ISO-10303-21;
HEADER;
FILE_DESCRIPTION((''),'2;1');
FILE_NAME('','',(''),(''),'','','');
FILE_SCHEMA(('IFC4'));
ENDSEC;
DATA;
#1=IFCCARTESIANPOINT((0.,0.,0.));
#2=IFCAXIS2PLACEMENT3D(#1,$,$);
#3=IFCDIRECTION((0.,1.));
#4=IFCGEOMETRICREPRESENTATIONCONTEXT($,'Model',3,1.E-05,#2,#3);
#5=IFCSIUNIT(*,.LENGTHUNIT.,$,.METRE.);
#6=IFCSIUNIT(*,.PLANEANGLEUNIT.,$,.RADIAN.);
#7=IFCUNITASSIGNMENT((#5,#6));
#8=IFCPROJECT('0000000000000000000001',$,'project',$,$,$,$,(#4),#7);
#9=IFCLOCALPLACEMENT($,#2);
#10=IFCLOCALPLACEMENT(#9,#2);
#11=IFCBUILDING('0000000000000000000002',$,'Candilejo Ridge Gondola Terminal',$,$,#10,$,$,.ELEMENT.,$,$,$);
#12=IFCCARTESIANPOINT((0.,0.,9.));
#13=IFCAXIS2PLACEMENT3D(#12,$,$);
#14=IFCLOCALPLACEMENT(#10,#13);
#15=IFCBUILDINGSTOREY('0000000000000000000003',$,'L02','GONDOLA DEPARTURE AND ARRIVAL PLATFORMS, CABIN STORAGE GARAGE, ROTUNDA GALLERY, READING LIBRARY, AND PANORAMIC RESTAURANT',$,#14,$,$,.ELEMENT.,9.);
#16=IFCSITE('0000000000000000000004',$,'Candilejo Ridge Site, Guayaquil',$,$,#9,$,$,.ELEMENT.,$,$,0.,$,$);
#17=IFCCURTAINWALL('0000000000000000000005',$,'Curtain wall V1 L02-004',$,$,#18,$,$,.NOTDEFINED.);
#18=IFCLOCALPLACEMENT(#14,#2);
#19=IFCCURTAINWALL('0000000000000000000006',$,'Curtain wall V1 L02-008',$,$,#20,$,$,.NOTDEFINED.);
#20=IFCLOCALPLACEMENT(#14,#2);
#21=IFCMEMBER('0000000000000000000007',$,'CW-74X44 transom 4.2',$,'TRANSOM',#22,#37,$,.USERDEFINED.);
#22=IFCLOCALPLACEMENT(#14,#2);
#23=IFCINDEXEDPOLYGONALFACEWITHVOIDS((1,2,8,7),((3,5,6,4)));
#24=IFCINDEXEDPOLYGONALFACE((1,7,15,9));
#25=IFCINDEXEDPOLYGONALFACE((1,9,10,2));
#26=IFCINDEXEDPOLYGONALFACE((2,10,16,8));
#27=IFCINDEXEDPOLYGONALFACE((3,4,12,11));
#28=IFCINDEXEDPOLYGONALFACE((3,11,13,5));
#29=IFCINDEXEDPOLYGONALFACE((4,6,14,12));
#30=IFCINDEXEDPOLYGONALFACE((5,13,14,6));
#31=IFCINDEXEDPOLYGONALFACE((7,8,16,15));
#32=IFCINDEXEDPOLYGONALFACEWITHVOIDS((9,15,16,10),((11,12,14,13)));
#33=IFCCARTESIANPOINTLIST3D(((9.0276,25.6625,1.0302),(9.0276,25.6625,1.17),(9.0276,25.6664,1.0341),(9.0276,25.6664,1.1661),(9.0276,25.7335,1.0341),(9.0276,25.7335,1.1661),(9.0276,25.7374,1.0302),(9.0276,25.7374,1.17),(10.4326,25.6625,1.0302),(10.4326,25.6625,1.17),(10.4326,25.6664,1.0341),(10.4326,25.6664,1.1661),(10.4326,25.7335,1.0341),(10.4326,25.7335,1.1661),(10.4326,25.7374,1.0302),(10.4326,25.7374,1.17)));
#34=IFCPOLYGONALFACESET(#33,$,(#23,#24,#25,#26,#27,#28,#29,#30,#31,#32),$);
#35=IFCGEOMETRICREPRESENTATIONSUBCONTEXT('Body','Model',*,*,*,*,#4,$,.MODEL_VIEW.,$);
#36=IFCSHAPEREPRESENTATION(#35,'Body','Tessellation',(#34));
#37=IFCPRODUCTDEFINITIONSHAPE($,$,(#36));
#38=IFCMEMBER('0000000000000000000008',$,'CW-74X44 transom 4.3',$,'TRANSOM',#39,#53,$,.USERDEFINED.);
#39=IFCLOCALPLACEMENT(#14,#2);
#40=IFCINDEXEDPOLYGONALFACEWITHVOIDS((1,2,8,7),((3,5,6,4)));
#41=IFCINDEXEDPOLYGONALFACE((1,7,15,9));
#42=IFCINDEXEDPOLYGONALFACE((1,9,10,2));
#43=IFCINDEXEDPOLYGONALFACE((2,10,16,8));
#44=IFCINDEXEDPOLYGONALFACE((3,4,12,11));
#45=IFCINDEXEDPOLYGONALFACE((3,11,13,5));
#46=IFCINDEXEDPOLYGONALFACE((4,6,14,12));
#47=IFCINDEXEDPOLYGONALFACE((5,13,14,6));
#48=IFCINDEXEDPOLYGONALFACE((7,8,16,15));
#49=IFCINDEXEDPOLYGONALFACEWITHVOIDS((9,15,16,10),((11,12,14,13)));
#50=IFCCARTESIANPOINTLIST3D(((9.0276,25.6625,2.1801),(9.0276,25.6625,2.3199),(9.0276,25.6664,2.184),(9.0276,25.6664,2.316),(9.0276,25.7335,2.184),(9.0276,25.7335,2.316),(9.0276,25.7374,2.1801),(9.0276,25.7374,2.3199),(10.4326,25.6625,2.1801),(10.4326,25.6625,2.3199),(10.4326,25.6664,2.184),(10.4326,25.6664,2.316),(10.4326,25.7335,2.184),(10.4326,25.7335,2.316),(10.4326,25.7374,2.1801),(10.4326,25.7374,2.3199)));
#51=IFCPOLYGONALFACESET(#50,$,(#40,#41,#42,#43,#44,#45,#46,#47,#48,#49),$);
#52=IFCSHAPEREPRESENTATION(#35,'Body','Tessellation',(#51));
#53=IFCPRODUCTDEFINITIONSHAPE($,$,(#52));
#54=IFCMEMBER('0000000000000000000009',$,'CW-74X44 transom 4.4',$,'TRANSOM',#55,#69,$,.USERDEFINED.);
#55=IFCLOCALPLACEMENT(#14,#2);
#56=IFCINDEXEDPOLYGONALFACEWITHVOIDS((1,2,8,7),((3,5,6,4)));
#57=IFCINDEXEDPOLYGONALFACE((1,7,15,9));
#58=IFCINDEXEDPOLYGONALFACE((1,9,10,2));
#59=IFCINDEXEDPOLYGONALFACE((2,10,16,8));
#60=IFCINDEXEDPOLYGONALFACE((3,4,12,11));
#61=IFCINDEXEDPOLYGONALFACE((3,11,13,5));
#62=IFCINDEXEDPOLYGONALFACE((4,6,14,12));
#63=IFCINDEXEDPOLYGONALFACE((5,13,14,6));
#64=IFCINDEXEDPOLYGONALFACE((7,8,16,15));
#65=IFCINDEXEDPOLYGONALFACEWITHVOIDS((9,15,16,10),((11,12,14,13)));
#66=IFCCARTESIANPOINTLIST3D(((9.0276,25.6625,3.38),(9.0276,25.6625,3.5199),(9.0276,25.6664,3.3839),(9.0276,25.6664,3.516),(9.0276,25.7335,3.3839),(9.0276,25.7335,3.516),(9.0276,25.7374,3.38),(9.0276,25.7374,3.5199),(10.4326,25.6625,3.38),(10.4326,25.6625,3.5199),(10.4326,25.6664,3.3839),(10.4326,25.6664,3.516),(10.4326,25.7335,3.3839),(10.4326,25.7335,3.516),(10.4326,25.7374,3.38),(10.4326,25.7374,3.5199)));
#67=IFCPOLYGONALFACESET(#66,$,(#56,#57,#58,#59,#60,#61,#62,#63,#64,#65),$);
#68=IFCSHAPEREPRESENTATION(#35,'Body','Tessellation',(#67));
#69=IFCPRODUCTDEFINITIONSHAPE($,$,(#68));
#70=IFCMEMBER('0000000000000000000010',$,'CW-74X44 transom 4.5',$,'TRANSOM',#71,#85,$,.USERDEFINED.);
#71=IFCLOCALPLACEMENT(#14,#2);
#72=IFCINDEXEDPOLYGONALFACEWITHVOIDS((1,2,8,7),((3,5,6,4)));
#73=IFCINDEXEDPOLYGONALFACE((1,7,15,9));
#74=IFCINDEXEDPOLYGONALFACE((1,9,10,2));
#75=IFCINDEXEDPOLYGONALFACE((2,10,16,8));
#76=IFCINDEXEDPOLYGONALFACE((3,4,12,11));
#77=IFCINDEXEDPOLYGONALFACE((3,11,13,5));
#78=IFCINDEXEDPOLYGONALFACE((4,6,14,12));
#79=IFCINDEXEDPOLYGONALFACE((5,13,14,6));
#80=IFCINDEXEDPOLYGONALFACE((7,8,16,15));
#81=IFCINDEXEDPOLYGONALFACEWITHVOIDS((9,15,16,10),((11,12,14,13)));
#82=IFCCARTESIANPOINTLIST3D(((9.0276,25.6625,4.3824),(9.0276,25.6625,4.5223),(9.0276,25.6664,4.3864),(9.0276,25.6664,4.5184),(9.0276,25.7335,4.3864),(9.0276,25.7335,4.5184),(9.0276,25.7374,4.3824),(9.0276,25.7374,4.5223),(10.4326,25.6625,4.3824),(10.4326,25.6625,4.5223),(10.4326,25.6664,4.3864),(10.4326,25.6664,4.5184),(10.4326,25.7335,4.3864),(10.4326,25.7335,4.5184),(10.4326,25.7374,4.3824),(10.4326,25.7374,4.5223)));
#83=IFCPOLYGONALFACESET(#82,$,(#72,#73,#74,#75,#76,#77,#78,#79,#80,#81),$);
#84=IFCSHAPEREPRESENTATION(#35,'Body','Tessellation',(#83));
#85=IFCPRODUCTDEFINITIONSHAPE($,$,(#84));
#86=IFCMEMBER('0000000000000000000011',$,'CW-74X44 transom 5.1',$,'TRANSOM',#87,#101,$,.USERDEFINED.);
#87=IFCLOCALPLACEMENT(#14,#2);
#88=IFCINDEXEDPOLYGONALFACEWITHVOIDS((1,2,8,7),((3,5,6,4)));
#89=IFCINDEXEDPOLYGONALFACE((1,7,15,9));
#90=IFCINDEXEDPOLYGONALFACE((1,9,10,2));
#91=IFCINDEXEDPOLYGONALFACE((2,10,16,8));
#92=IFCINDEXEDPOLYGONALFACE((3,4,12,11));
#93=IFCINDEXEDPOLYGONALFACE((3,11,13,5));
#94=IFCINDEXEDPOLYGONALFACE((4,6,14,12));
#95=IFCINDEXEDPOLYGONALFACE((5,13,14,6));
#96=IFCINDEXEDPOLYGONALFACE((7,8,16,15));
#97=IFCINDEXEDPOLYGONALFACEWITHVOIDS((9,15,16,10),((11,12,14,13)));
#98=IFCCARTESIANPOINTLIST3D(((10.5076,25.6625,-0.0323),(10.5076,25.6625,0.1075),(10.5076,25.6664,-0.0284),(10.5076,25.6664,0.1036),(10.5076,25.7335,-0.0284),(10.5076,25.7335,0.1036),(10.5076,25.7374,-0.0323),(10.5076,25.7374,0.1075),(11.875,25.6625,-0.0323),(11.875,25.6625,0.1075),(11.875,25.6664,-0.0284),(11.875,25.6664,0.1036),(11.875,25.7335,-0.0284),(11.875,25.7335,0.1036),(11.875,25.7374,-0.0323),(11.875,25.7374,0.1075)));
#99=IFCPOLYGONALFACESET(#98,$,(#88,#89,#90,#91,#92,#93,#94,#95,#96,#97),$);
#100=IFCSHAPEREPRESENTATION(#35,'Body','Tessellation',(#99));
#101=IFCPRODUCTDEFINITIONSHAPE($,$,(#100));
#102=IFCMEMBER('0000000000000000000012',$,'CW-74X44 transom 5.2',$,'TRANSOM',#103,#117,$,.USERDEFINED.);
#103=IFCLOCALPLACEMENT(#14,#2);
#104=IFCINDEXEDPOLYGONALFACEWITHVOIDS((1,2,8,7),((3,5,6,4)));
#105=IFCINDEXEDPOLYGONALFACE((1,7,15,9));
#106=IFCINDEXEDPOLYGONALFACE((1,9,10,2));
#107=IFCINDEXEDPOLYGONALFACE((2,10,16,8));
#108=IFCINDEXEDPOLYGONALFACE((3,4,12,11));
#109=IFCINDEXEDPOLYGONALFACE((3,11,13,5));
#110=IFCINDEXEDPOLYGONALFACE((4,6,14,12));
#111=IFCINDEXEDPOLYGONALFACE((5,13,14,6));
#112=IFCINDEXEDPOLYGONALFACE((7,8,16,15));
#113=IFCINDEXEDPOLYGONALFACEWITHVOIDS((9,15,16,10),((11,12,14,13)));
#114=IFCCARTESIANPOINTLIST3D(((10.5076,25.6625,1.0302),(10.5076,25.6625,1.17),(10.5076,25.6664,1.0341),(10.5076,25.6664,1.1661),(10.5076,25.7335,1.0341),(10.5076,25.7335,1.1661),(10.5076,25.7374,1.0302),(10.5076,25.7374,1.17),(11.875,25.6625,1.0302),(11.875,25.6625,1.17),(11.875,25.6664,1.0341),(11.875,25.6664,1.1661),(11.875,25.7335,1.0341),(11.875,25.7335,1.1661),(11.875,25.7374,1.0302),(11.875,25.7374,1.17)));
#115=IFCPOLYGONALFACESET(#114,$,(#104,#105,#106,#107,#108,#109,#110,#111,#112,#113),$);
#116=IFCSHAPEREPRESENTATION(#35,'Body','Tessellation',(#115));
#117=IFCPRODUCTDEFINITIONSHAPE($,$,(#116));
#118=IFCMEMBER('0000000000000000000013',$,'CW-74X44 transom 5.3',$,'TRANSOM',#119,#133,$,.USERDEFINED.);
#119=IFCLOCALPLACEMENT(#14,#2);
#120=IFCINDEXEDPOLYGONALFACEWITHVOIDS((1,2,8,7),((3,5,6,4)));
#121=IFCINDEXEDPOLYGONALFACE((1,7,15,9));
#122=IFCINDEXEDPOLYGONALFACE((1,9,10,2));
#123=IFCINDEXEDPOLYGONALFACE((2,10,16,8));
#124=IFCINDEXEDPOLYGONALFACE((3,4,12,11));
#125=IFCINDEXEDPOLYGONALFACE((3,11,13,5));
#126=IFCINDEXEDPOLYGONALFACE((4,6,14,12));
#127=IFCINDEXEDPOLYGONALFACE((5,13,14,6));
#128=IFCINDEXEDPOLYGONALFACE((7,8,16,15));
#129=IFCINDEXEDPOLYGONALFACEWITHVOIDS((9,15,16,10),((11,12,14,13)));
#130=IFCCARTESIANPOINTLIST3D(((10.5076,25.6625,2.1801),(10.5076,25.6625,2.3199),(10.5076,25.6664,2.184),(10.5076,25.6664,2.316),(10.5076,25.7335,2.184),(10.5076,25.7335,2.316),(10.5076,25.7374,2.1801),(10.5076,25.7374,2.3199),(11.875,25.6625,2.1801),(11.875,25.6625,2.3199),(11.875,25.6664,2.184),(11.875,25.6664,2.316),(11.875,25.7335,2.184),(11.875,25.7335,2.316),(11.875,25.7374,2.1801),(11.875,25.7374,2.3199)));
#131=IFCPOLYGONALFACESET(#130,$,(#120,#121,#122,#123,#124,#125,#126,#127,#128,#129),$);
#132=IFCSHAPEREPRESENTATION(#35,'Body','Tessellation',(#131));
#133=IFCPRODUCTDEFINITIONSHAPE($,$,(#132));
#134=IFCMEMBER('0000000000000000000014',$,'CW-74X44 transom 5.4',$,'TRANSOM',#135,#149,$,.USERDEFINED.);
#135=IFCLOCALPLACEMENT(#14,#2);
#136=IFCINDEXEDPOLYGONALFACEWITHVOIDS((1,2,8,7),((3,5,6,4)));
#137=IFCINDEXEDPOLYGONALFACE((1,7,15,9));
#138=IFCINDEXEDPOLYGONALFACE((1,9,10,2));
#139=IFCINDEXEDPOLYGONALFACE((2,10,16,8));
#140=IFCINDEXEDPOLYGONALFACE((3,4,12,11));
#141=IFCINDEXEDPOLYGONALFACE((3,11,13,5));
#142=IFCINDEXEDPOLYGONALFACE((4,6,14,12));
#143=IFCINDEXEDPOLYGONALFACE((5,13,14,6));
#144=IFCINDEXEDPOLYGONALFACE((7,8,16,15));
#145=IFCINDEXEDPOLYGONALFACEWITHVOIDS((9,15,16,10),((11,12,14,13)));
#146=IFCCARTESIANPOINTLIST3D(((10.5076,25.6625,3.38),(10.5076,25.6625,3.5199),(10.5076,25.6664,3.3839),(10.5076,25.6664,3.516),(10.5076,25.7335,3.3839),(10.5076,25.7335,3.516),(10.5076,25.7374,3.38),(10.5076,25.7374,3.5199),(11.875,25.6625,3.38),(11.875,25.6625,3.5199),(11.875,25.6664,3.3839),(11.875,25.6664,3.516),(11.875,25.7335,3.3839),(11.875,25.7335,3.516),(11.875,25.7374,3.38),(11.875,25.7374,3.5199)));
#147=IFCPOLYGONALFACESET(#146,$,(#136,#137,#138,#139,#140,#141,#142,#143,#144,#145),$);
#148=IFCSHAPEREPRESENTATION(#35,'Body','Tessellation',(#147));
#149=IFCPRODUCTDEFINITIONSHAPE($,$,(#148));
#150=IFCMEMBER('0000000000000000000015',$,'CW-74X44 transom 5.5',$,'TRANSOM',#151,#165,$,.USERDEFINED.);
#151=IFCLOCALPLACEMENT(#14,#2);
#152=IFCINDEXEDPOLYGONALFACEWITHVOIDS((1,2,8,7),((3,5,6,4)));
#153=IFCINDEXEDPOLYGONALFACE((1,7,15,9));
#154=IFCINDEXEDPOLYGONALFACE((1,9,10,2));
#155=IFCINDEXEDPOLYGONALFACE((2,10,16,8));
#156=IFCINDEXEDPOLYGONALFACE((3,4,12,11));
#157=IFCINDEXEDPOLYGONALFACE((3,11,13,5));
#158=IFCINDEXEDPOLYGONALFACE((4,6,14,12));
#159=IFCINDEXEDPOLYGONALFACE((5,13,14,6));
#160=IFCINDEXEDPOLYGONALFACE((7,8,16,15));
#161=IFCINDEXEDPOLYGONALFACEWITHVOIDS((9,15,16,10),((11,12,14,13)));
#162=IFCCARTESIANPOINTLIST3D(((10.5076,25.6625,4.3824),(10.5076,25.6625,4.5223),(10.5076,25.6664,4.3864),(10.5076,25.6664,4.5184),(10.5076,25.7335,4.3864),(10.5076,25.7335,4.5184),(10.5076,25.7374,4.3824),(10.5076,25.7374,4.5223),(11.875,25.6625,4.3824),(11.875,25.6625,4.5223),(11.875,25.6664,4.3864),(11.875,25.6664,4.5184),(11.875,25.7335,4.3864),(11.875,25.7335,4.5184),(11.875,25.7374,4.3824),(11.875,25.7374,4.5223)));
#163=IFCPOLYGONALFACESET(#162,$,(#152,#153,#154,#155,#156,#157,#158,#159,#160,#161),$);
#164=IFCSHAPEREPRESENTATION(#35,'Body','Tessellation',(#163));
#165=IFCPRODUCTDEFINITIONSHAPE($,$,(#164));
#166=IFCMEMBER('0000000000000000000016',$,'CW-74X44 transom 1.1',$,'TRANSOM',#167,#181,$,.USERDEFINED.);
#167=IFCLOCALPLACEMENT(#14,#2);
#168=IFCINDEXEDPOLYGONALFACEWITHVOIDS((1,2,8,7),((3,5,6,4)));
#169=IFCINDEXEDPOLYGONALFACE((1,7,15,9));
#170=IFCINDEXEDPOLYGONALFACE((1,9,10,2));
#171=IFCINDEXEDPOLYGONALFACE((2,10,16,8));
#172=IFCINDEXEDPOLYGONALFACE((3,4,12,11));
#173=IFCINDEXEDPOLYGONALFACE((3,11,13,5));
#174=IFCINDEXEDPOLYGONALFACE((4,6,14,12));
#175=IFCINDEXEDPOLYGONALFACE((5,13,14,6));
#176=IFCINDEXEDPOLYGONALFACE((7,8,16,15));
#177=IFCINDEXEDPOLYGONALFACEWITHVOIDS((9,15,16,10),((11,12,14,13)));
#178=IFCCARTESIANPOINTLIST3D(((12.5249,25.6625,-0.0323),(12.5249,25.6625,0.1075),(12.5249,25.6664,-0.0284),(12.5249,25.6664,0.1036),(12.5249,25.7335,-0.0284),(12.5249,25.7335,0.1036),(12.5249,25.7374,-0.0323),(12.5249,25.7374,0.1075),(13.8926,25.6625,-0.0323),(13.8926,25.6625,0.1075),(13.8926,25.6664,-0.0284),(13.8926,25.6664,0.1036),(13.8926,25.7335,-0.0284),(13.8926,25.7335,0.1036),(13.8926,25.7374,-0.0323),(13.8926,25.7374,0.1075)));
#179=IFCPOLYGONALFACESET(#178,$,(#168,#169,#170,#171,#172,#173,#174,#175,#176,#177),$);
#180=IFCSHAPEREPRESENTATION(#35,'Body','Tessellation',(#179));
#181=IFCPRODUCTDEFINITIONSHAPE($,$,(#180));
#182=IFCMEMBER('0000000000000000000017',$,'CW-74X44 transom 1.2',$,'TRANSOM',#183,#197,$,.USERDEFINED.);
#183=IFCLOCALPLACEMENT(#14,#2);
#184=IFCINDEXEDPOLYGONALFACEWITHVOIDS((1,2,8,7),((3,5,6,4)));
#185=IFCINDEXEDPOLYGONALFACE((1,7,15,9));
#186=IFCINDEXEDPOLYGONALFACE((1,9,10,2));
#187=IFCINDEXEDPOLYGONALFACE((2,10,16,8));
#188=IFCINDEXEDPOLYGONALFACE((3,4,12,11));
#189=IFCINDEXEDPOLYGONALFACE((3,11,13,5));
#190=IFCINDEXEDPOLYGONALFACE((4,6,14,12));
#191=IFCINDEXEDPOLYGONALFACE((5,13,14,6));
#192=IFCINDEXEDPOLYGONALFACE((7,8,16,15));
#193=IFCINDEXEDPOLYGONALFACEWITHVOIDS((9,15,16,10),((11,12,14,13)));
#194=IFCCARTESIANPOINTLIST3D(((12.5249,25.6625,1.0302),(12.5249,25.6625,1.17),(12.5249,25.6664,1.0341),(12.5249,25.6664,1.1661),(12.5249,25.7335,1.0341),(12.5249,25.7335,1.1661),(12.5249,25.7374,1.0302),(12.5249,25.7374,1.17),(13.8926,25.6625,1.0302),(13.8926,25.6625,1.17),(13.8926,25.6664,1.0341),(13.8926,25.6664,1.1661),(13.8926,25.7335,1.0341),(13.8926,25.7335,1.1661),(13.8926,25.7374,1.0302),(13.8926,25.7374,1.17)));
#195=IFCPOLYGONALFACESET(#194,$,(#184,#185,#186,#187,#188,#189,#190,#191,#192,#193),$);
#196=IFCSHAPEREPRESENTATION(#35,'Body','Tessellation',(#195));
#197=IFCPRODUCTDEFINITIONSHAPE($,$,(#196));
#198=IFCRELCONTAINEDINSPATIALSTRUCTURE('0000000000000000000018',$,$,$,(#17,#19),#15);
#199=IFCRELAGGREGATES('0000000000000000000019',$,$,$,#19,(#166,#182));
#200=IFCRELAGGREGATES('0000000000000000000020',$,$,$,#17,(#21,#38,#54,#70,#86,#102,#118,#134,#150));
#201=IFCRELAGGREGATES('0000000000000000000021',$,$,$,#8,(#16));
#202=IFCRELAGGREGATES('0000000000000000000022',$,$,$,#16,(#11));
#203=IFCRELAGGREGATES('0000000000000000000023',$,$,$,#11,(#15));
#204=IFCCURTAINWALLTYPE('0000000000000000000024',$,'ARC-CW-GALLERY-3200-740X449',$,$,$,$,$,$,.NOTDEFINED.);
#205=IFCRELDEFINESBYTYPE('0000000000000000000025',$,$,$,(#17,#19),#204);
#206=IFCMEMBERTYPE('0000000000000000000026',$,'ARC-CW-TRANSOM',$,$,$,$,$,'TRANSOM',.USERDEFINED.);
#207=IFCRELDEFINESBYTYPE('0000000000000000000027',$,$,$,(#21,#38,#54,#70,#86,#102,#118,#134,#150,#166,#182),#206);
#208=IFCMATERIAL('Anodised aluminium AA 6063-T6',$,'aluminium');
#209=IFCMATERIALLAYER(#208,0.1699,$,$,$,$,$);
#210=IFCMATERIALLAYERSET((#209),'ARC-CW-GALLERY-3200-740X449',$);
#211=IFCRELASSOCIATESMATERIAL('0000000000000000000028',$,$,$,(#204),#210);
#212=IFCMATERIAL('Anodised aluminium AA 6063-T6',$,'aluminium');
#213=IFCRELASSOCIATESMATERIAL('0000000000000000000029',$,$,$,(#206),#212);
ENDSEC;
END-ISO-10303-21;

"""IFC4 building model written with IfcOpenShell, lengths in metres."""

from ifc_helpers import new_model, si_unit, direction, frame, origin, origin_2d, place, context, subcontext, project, spatial, hollow_rectangle, extrude, material, layer, layer_set, material_profile, profile_set, type_object, element, aggregate, save


model = new_model("IFC4")

# Units and contexts
model_context = context("Model", 3, precision=1e-05, world=origin(), true_north=direction((0.0, 1.0)))
body_context = subcontext(model_context, "Body", "Model", "MODEL_VIEW")
ifc_project = project(units=[si_unit("LENGTHUNIT", "METRE"), si_unit("PLANEANGLEUNIT", "RADIAN")], contexts=[model_context])

# Site, building, storey
site_placement = place(None, origin())
site = spatial("IfcSite", under=ifc_project, at=site_placement, Name="Candilejo Ridge Site, Guayaquil", CompositionType="ELEMENT", RefElevation=0.0)
building_placement = place(site_placement, origin())
building = spatial("IfcBuilding", under=site, at=building_placement, Name="Candilejo Ridge Gondola Terminal", CompositionType="ELEMENT")
storey_placement = place(building_placement, frame((0.0, 0.0, 9.0)))
storey = spatial("IfcBuildingStorey", under=building, at=storey_placement, Name="L02", Description="GONDOLA DEPARTURE AND ARRIVAL PLATFORMS, CABIN STORAGE GARAGE, ROTUNDA GALLERY, READING LIBRARY, AND PANORAMIC RESTAURANT", CompositionType="ELEMENT", Elevation=9.0)

# Curtain wall
ifc_material_1 = material(Name="Anodised aluminium AA 6063-T6", Category="aluminium")
ifc_layer_1 = layer(ifc_material_1, 0.1699)
ifc_layer_set_1 = layer_set([ifc_layer_1], Name="ARC-CW-GALLERY-3200-740X449")
curtain_wall_type = type_object("IfcCurtainWallType", Name="ARC-CW-GALLERY-3200-740X449", PredefinedType="NOTDEFINED", material=ifc_layer_set_1)
curtain_wall_1_placement = place(storey_placement, origin())
curtain_wall_1 = element("IfcCurtainWall", 1, at=curtain_wall_1_placement, inside=storey, type_object=curtain_wall_type, Name="Curtain wall V1 L02-004", PredefinedType="NOTDEFINED")

# Curtain wall
curtain_wall_2_placement = place(storey_placement, origin())
curtain_wall_2 = element("IfcCurtainWall", 2, at=curtain_wall_2_placement, inside=storey, type_object=curtain_wall_type, Name="Curtain wall V1 L02-008", PredefinedType="NOTDEFINED")

# Members
ifc_material_2 = material(Name="Anodised aluminium AA 6063-T6", Category="aluminium")
ifc_material_profile_1 = material_profile(ifc_material_2, hollow_rectangle(XDim=0.075, YDim=0.1399, WallThickness=0.0039, at=origin_2d()))
ifc_profile_set_1 = profile_set([ifc_material_profile_1], Name="Anodised aluminium AA 6063-T6")
member_type_1 = type_object("IfcMemberType", Name="ARC-CW-TRANSOM", ElementType="TRANSOM", PredefinedType="USERDEFINED", material=ifc_profile_set_1)
member_1_placement = place(storey_placement, frame((9.0276, 25.7, 1.1001), z_axis=(1.0, 0.0, 0.0), x_axis=(0.0, 1.0, 0.0)))
member_1 = element("IfcMember", 3, at=member_1_placement, type_object=member_type_1, Name="CW-74X44 transom 4.2", ObjectType="TRANSOM", PredefinedType="USERDEFINED", context=body_context, shape_type="SweptSolid", body=[
    extrude(hollow_rectangle(XDim=0.075, YDim=0.1399, WallThickness=0.0039, at=origin_2d()), origin(), (0.0, 0.0, 1.0), 1.405),
])
member_2_placement = place(storey_placement, frame((9.0276, 25.7, 2.25), z_axis=(1.0, 0.0, 0.0), x_axis=(0.0, 1.0, 0.0)))
member_2 = element("IfcMember", 4, at=member_2_placement, type_object=member_type_1, Name="CW-74X44 transom 4.3", ObjectType="TRANSOM", PredefinedType="USERDEFINED", context=body_context, shape_type="SweptSolid", body=[
    extrude(hollow_rectangle(XDim=0.075, YDim=0.1399, WallThickness=0.0039, at=origin_2d()), origin(), (0.0, 0.0, 1.0), 1.405),
])
member_3_placement = place(storey_placement, frame((9.0276, 25.7, 3.45), z_axis=(1.0, 0.0, 0.0), x_axis=(0.0, 1.0, 0.0)))
member_3 = element("IfcMember", 5, at=member_3_placement, type_object=member_type_1, Name="CW-74X44 transom 4.4", ObjectType="TRANSOM", PredefinedType="USERDEFINED", context=body_context, shape_type="SweptSolid", body=[
    extrude(hollow_rectangle(XDim=0.075, YDim=0.1399, WallThickness=0.0039, at=origin_2d()), origin(), (0.0, 0.0, 1.0), 1.405),
])
member_4_placement = place(storey_placement, frame((9.0276, 25.7, 4.4524), z_axis=(1.0, 0.0, 0.0), x_axis=(0.0, 1.0, 0.0)))
member_4 = element("IfcMember", 6, at=member_4_placement, type_object=member_type_1, Name="CW-74X44 transom 4.5", ObjectType="TRANSOM", PredefinedType="USERDEFINED", context=body_context, shape_type="SweptSolid", body=[
    extrude(hollow_rectangle(XDim=0.075, YDim=0.1399, WallThickness=0.0039, at=origin_2d()), origin(), (0.0, 0.0, 1.0), 1.405),
])
member_5_placement = place(storey_placement, frame((10.5076, 25.7, 0.0376), z_axis=(1.0, 0.0, 0.0), x_axis=(0.0, 1.0, 0.0)))
member_5 = element("IfcMember", 7, at=member_5_placement, type_object=member_type_1, Name="CW-74X44 transom 5.1", ObjectType="TRANSOM", PredefinedType="USERDEFINED", context=body_context, shape_type="SweptSolid", body=[
    extrude(hollow_rectangle(XDim=0.075, YDim=0.1399, WallThickness=0.0039, at=origin_2d()), origin(), (0.0, 0.0, 1.0), 1.3674),
])
member_6_placement = place(storey_placement, frame((10.5076, 25.7, 1.1001), z_axis=(1.0, 0.0, 0.0), x_axis=(0.0, 1.0, 0.0)))
member_6 = element("IfcMember", 8, at=member_6_placement, type_object=member_type_1, Name="CW-74X44 transom 5.2", ObjectType="TRANSOM", PredefinedType="USERDEFINED", context=body_context, shape_type="SweptSolid", body=[
    extrude(hollow_rectangle(XDim=0.075, YDim=0.1399, WallThickness=0.0039, at=origin_2d()), origin(), (0.0, 0.0, 1.0), 1.3674),
])
member_7_placement = place(storey_placement, frame((10.5076, 25.7, 2.25), z_axis=(1.0, 0.0, 0.0), x_axis=(0.0, 1.0, 0.0)))
member_7 = element("IfcMember", 9, at=member_7_placement, type_object=member_type_1, Name="CW-74X44 transom 5.3", ObjectType="TRANSOM", PredefinedType="USERDEFINED", context=body_context, shape_type="SweptSolid", body=[
    extrude(hollow_rectangle(XDim=0.075, YDim=0.1399, WallThickness=0.0039, at=origin_2d()), origin(), (0.0, 0.0, 1.0), 1.3674),
])
member_8_placement = place(storey_placement, frame((10.5076, 25.7, 3.45), z_axis=(1.0, 0.0, 0.0), x_axis=(0.0, 1.0, 0.0)))
member_8 = element("IfcMember", 10, at=member_8_placement, type_object=member_type_1, Name="CW-74X44 transom 5.4", ObjectType="TRANSOM", PredefinedType="USERDEFINED", context=body_context, shape_type="SweptSolid", body=[
    extrude(hollow_rectangle(XDim=0.075, YDim=0.1399, WallThickness=0.0039, at=origin_2d()), origin(), (0.0, 0.0, 1.0), 1.3674),
])
member_9_placement = place(storey_placement, frame((10.5076, 25.7, 4.4524), z_axis=(1.0, 0.0, 0.0), x_axis=(0.0, 1.0, 0.0)))
member_9 = element("IfcMember", 11, at=member_9_placement, type_object=member_type_1, Name="CW-74X44 transom 5.5", ObjectType="TRANSOM", PredefinedType="USERDEFINED", context=body_context, shape_type="SweptSolid", body=[
    extrude(hollow_rectangle(XDim=0.075, YDim=0.1399, WallThickness=0.0039, at=origin_2d()), origin(), (0.0, 0.0, 1.0), 1.3674),
])
member_10_placement = place(storey_placement, frame((12.5249, 25.7, 0.0376), z_axis=(1.0, 0.0, 0.0), x_axis=(0.0, 1.0, 0.0)))
member_10 = element("IfcMember", 12, at=member_10_placement, type_object=member_type_1, Name="CW-74X44 transom 1.1", ObjectType="TRANSOM", PredefinedType="USERDEFINED", context=body_context, shape_type="SweptSolid", body=[
    extrude(hollow_rectangle(XDim=0.075, YDim=0.1399, WallThickness=0.0039, at=origin_2d()), origin(), (0.0, 0.0, 1.0), 1.3677),
])
member_11_placement = place(storey_placement, frame((12.5249, 25.7, 1.1001), z_axis=(1.0, 0.0, 0.0), x_axis=(0.0, 1.0, 0.0)))
member_11 = element("IfcMember", 13, at=member_11_placement, type_object=member_type_1, Name="CW-74X44 transom 1.2", ObjectType="TRANSOM", PredefinedType="USERDEFINED", context=body_context, shape_type="SweptSolid", body=[
    extrude(hollow_rectangle(XDim=0.075, YDim=0.1399, WallThickness=0.0039, at=origin_2d()), origin(), (0.0, 0.0, 1.0), 1.3677),
])
aggregate(curtain_wall_2, [member_10, member_11])

aggregate(curtain_wall_1, [member_1, member_2, member_3, member_4, member_5, member_6, member_7, member_8, member_9])

save(model, "model.ifc")
